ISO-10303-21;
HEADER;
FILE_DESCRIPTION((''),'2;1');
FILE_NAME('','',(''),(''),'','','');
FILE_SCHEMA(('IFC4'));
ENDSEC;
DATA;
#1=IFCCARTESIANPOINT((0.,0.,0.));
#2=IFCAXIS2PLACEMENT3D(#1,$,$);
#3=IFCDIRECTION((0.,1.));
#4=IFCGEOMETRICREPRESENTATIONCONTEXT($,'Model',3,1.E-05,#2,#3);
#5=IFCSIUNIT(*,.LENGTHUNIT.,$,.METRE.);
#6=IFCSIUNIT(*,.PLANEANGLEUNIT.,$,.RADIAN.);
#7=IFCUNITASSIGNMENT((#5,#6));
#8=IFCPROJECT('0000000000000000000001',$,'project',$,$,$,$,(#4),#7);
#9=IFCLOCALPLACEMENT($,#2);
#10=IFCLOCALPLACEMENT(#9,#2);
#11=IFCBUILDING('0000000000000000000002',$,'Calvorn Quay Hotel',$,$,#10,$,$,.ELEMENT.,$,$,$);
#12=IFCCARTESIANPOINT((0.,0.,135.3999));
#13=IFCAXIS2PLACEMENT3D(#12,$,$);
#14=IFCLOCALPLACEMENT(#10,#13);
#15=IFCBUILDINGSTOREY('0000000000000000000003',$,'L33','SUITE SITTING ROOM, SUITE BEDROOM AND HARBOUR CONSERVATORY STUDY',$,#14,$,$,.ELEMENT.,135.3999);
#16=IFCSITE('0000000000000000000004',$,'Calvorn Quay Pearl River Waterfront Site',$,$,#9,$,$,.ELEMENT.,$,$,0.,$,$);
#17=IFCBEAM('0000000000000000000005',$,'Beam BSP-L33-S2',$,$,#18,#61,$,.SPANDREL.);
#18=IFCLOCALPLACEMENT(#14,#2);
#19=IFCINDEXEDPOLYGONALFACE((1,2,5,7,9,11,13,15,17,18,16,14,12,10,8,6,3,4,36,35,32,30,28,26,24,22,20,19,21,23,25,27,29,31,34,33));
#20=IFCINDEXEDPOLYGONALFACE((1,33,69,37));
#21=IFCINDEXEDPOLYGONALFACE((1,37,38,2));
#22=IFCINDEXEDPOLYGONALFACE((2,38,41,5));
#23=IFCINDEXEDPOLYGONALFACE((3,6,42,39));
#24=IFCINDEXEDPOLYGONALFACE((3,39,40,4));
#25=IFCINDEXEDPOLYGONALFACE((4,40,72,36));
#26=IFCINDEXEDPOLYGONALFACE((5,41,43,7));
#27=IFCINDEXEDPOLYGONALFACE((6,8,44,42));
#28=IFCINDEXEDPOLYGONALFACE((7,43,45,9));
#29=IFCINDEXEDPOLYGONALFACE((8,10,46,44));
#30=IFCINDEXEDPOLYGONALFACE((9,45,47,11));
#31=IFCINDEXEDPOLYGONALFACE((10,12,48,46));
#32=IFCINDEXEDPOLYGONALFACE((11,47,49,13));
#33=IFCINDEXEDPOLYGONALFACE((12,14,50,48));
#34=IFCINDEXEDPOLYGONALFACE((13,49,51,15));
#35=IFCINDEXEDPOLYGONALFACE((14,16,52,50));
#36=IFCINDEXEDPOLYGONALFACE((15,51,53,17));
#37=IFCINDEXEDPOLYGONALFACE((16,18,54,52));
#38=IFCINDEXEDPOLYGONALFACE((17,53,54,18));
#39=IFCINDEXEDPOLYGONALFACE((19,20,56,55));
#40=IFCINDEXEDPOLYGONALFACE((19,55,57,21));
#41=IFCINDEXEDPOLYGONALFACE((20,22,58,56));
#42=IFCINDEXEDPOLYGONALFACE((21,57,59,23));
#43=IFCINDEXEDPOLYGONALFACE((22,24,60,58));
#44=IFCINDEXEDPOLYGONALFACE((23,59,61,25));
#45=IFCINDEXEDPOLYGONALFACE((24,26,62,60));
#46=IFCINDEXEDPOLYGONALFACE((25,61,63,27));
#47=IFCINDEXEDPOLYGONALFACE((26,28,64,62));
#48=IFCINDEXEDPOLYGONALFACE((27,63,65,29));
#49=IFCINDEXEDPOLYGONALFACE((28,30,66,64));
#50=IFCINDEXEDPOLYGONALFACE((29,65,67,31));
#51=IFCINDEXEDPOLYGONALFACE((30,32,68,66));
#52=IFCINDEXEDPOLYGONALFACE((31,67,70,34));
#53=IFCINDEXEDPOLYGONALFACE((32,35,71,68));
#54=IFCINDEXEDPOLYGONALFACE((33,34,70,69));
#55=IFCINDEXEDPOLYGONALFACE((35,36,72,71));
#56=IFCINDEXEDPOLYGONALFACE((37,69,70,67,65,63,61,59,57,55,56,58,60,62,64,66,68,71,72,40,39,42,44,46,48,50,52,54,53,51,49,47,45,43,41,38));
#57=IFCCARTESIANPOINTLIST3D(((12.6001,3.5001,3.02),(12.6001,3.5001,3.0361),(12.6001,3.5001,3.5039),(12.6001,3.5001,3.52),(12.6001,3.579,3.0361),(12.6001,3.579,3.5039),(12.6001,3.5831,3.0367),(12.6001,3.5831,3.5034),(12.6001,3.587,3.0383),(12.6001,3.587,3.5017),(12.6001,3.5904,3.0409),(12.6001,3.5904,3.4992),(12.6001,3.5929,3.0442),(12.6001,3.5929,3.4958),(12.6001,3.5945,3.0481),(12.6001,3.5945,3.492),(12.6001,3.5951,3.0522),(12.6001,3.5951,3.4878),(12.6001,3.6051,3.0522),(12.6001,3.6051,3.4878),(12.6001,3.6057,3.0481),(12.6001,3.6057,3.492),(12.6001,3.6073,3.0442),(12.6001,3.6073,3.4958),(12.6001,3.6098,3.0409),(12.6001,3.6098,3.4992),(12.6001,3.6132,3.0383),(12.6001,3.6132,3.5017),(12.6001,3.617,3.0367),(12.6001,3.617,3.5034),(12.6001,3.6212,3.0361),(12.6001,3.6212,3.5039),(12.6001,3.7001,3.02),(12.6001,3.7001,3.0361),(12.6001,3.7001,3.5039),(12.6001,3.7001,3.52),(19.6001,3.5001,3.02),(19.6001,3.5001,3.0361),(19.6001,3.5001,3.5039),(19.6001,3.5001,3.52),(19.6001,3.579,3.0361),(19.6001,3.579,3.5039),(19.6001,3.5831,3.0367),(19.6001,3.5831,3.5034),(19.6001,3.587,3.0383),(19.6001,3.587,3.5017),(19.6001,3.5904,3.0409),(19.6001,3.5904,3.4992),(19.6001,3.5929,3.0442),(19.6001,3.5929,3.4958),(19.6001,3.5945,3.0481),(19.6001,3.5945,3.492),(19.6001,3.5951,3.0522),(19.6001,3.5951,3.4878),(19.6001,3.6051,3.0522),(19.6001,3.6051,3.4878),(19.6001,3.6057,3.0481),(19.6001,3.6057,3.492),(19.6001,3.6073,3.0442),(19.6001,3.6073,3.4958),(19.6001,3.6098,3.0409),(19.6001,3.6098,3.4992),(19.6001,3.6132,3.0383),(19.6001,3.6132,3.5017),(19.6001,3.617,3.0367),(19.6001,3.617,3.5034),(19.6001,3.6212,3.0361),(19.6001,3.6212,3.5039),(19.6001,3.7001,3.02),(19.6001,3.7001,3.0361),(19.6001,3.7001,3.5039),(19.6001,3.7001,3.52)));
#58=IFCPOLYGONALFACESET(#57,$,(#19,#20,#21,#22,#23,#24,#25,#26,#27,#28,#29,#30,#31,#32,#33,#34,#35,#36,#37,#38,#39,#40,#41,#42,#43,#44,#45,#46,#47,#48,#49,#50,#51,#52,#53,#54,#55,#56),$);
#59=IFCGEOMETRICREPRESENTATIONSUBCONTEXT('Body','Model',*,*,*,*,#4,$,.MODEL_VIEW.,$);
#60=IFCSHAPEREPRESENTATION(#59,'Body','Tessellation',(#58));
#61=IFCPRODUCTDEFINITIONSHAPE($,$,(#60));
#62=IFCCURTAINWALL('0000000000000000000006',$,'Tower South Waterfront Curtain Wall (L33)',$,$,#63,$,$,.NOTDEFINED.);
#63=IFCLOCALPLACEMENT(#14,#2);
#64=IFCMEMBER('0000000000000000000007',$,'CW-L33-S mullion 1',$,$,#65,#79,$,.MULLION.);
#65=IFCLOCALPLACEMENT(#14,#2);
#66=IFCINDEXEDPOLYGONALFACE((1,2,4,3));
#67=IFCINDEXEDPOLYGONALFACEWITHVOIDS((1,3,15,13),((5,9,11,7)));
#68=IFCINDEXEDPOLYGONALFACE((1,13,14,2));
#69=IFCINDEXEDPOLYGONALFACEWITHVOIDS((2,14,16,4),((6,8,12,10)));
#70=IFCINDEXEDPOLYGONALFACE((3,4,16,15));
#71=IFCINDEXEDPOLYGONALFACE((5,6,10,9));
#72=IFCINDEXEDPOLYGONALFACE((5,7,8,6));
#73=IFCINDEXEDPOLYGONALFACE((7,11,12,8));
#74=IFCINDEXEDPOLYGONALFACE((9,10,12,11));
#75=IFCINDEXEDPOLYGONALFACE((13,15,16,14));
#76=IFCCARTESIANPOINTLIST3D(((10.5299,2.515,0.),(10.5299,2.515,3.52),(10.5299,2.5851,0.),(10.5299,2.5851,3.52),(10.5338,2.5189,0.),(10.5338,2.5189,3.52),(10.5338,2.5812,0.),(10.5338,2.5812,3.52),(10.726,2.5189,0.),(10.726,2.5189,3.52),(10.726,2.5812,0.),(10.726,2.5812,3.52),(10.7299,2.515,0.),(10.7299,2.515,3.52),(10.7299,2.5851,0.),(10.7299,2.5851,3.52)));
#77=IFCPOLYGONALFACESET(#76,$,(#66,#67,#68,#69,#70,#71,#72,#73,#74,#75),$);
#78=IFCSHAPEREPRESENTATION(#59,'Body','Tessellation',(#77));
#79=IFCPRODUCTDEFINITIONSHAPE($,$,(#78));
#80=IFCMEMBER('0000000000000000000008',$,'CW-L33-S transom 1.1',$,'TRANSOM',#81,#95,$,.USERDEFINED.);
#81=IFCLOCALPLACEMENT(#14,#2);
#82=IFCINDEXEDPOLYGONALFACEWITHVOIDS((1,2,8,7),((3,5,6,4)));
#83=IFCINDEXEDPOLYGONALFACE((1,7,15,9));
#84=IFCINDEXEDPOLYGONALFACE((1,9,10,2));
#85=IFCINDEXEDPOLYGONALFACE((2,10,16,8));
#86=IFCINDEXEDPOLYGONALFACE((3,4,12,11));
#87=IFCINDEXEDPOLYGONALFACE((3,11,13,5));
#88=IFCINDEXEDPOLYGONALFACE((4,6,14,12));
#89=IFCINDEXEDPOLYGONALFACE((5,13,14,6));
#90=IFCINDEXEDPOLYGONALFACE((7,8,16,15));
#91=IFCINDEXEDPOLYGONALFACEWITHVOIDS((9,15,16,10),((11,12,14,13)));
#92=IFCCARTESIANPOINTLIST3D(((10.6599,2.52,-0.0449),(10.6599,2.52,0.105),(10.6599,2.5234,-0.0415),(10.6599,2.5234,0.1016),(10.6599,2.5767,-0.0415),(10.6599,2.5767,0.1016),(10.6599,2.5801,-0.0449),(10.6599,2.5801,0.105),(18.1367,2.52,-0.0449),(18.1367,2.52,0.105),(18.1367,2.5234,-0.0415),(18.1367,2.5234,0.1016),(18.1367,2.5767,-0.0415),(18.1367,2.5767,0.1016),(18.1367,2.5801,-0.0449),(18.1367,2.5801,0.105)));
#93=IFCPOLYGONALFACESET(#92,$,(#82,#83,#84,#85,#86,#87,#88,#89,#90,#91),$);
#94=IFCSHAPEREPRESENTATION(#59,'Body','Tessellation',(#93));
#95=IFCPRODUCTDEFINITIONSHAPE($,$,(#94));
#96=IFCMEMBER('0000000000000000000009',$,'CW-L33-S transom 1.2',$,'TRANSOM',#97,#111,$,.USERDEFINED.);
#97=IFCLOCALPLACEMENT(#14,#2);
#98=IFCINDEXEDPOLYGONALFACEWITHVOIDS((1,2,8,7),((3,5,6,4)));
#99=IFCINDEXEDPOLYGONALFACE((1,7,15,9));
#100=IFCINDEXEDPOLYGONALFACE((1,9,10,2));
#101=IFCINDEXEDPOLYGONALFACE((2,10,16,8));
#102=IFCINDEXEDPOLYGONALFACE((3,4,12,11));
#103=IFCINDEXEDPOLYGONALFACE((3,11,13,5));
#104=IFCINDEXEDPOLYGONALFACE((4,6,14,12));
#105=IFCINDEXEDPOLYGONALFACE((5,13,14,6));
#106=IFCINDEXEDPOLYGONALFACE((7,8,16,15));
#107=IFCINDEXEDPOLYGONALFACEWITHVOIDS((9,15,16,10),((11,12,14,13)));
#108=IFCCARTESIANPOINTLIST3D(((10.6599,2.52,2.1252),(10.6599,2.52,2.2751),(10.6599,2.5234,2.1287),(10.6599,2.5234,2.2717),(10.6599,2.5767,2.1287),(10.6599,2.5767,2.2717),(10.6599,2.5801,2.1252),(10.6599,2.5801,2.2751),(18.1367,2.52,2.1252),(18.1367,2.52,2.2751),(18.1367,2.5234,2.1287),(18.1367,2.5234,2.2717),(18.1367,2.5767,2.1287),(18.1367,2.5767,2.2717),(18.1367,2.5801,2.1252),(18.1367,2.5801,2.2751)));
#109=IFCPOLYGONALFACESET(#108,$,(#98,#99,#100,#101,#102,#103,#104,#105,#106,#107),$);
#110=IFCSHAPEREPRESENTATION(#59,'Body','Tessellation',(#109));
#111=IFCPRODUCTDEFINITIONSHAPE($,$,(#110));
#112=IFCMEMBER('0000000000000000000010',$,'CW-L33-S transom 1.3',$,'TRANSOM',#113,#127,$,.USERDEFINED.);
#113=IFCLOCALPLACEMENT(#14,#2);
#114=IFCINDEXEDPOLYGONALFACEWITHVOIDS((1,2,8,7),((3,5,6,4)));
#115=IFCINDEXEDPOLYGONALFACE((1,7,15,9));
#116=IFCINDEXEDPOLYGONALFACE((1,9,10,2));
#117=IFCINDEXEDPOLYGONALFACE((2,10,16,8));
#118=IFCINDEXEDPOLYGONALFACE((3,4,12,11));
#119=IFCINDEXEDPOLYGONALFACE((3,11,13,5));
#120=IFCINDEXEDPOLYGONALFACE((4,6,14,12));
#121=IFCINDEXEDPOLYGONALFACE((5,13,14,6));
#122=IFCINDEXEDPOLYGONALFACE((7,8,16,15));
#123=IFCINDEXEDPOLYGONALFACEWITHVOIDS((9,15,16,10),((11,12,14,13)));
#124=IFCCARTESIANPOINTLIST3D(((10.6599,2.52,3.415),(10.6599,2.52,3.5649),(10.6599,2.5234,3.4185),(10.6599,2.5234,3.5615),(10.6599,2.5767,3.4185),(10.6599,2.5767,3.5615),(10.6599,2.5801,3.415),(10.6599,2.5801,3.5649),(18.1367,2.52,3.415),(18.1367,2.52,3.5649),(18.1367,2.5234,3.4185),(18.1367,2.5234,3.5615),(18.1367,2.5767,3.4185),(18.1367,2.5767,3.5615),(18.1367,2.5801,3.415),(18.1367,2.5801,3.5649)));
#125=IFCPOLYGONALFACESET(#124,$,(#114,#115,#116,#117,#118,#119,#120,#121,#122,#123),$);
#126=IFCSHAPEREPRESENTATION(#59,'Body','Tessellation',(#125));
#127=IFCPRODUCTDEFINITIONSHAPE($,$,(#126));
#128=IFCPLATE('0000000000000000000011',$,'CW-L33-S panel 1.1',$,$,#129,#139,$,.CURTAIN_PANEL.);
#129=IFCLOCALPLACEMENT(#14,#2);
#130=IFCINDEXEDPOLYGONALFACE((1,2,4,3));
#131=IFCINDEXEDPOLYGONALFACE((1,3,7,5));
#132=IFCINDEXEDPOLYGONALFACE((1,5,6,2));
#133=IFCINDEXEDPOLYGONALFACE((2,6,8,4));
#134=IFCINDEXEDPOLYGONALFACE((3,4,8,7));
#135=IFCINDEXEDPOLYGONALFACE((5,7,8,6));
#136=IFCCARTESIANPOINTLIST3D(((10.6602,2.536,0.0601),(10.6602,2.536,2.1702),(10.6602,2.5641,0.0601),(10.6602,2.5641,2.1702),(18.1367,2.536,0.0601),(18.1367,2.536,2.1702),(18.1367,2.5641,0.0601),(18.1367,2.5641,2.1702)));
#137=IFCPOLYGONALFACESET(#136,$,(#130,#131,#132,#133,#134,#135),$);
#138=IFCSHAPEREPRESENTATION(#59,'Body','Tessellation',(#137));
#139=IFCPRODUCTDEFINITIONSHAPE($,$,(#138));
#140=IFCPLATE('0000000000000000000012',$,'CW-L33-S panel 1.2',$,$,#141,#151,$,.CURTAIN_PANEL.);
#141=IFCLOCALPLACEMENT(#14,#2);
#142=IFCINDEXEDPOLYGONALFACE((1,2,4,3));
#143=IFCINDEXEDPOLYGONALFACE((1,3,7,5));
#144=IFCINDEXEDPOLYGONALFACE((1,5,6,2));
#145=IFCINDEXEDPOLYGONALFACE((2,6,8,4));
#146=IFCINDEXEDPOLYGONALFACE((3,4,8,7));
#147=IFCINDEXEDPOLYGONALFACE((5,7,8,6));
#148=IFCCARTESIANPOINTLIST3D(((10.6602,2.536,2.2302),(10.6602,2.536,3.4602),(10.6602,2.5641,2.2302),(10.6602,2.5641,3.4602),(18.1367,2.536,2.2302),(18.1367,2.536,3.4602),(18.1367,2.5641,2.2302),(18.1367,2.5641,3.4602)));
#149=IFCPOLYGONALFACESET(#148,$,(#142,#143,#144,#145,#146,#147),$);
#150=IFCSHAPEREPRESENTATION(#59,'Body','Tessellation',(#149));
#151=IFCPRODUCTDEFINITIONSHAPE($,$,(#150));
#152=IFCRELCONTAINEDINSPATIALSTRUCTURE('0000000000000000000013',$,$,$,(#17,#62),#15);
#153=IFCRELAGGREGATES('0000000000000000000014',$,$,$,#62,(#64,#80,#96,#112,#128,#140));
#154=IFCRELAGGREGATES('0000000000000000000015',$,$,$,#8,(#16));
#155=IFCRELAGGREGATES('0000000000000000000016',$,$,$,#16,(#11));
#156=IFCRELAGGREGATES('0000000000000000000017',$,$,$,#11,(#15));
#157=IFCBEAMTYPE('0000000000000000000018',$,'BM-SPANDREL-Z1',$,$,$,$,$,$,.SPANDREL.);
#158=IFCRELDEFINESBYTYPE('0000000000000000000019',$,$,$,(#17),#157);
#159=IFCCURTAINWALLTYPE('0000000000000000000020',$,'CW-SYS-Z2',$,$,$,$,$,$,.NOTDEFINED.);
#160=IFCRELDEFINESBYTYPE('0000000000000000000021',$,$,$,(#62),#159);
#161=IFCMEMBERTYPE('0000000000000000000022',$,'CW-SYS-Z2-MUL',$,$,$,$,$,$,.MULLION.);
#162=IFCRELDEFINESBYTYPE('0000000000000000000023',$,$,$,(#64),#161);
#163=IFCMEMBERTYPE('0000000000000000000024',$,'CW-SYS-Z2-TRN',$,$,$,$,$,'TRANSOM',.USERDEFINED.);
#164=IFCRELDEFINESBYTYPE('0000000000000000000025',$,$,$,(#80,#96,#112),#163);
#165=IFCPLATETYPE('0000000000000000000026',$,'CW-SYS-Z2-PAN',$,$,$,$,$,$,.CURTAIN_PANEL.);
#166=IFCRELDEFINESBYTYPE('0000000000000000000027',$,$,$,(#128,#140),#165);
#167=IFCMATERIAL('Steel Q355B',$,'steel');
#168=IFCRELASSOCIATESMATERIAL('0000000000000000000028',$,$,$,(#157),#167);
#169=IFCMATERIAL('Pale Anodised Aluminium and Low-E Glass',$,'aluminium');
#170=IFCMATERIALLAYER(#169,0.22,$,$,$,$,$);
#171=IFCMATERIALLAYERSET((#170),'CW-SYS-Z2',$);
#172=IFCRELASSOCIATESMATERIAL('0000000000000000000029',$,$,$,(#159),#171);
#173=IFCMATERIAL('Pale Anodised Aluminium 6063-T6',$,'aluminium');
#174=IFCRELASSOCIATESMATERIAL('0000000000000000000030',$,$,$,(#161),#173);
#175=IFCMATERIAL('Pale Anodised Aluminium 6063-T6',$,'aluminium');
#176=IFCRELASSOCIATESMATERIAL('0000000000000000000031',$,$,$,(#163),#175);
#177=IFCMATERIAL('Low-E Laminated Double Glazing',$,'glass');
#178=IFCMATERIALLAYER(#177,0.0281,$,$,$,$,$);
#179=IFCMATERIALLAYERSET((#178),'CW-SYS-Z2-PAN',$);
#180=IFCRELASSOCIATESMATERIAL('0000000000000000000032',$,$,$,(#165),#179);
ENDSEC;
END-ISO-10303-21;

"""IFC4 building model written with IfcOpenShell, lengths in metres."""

from ifc_helpers import new_model, si_unit, direction, frame, origin, origin_2d, place, context, subcontext, project, spatial, rectangle, hollow_rectangle, i_section, extrude, material, layer, layer_set, material_profile, profile_set, type_object, element, aggregate, save


model = new_model("IFC4")

# Units and contexts
model_context = context("Model", 3, precision=1e-05, world=origin(), true_north=direction((0.0, 1.0)))
body_context = subcontext(model_context, "Body", "Model", "MODEL_VIEW")
ifc_project = project(units=[si_unit("LENGTHUNIT", "METRE"), si_unit("PLANEANGLEUNIT", "RADIAN")], contexts=[model_context])

# Site, building, storey
site_placement = place(None, origin())
site = spatial("IfcSite", under=ifc_project, at=site_placement, Name="Calvorn Quay Pearl River Waterfront Site", CompositionType="ELEMENT", RefElevation=0.0)
building_placement = place(site_placement, origin())
building = spatial("IfcBuilding", under=site, at=building_placement, Name="Calvorn Quay Hotel", CompositionType="ELEMENT")
storey_placement = place(building_placement, frame((0.0, 0.0, 135.3999)))
storey = spatial("IfcBuildingStorey", under=building, at=storey_placement, Name="L33", Description="SUITE SITTING ROOM, SUITE BEDROOM AND HARBOUR CONSERVATORY STUDY", CompositionType="ELEMENT", Elevation=135.3999)

# Beam
ifc_material_1 = material(Name="Steel Q355B", Category="steel")
ifc_material_profile_1 = material_profile(ifc_material_1, i_section(OverallWidth=0.2, OverallDepth=0.5, WebThickness=0.01, FlangeThickness=0.0161, FilletRadius=0.0161, at=origin_2d()), Name="HN500x200x10x16")
ifc_profile_set_1 = profile_set([ifc_material_profile_1], Name="Steel Q355B")
beam_type_1 = type_object("IfcBeamType", Name="BM-SPANDREL-Z1", PredefinedType="SPANDREL", material=ifc_profile_set_1)
beam_1_placement = place(storey_placement, frame((12.6001, 3.6001, 3.27), z_axis=(1.0, 0.0, 0.0), x_axis=(0.0, 1.0, 0.0)))
element("IfcBeam", 1, at=beam_1_placement, inside=storey, type_object=beam_type_1, Name="Beam BSP-L33-S2", PredefinedType="SPANDREL", context=body_context, shape_type="SweptSolid", body=[
    extrude(i_section(OverallWidth=0.2, OverallDepth=0.5, WebThickness=0.01, FlangeThickness=0.0161, FilletRadius=0.0161, at=origin_2d()), origin(), (0.0, 0.0, 1.0), 7.0),
])

# Curtain wall, members, plates
ifc_material_2 = material(Name="Pale Anodised Aluminium and Low-E Glass", Category="aluminium")
ifc_layer_1 = layer(ifc_material_2, 0.22)
ifc_layer_set_1 = layer_set([ifc_layer_1], Name="CW-SYS-Z2")
curtain_wall_type = type_object("IfcCurtainWallType", Name="CW-SYS-Z2", PredefinedType="NOTDEFINED", material=ifc_layer_set_1)
curtain_wall_placement = place(storey_placement, origin())
curtain_wall = element("IfcCurtainWall", 2, at=curtain_wall_placement, inside=storey, type_object=curtain_wall_type, Name="Tower South Waterfront Curtain Wall (L33)", PredefinedType="NOTDEFINED")
ifc_material_3 = material(Name="Pale Anodised Aluminium 6063-T6", Category="aluminium")
ifc_material_profile_2 = material_profile(ifc_material_3, hollow_rectangle(XDim=0.0701, YDim=0.2, WallThickness=0.0039, at=origin_2d()), Name="ALU-M200x70x4")
ifc_profile_set_2 = profile_set([ifc_material_profile_2], Name="Pale Anodised Aluminium 6063-T6")
member_type_1 = type_object("IfcMemberType", Name="CW-SYS-Z2-MUL", PredefinedType="MULLION", material=ifc_profile_set_2)
member_1_placement = place(storey_placement, frame((10.6299, 2.55, 0.0), z_axis=(0.0, 0.0, 1.0), x_axis=(0.0, 1.0, 0.0)))
member_1 = element("IfcMember", 3, at=member_1_placement, type_object=member_type_1, Name="CW-L33-S mullion 1", PredefinedType="MULLION", context=body_context, shape_type="SweptSolid", body=[
    extrude(hollow_rectangle(XDim=0.0701, YDim=0.2, WallThickness=0.0039, at=origin_2d()), origin(), (0.0, 0.0, 1.0), 3.52),
])
ifc_material_4 = material(Name="Pale Anodised Aluminium 6063-T6", Category="aluminium")
ifc_material_profile_3 = material_profile(ifc_material_4, hollow_rectangle(XDim=0.0601, YDim=0.1499, WallThickness=0.0034, at=origin_2d()), Name="ALU-T150x60x3.5")
ifc_profile_set_3 = profile_set([ifc_material_profile_3], Name="Pale Anodised Aluminium 6063-T6")
member_type_2 = type_object("IfcMemberType", Name="CW-SYS-Z2-TRN", ElementType="TRANSOM", PredefinedType="USERDEFINED", material=ifc_profile_set_3)
member_2_placement = place(storey_placement, frame((10.6599, 2.55, 0.03), z_axis=(1.0, 0.0, 0.0), x_axis=(0.0, 1.0, 0.0)))
member_2 = element("IfcMember", 4, at=member_2_placement, type_object=member_type_2, Name="CW-L33-S transom 1.1", ObjectType="TRANSOM", PredefinedType="USERDEFINED", context=body_context, shape_type="SweptSolid", body=[
    extrude(hollow_rectangle(XDim=0.0601, YDim=0.1499, WallThickness=0.0034, at=origin_2d()), origin(), (0.0, 0.0, 1.0), 7.4768),
])
member_3_placement = place(storey_placement, frame((10.6599, 2.55, 2.2002), z_axis=(1.0, 0.0, 0.0), x_axis=(0.0, 1.0, 0.0)))
member_3 = element("IfcMember", 5, at=member_3_placement, type_object=member_type_2, Name="CW-L33-S transom 1.2", ObjectType="TRANSOM", PredefinedType="USERDEFINED", context=body_context, shape_type="SweptSolid", body=[
    extrude(hollow_rectangle(XDim=0.0601, YDim=0.1499, WallThickness=0.0034, at=origin_2d()), origin(), (0.0, 0.0, 1.0), 7.4768),
])
member_4_placement = place(storey_placement, frame((10.6599, 2.55, 3.49), z_axis=(1.0, 0.0, 0.0), x_axis=(0.0, 1.0, 0.0)))
member_4 = element("IfcMember", 6, at=member_4_placement, type_object=member_type_2, Name="CW-L33-S transom 1.3", ObjectType="TRANSOM", PredefinedType="USERDEFINED", context=body_context, shape_type="SweptSolid", body=[
    extrude(hollow_rectangle(XDim=0.0601, YDim=0.1499, WallThickness=0.0034, at=origin_2d()), origin(), (0.0, 0.0, 1.0), 7.4768),
])
ifc_material_5 = material(Name="Low-E Laminated Double Glazing", Category="glass")
ifc_layer_2 = layer(ifc_material_5, 0.0281)
ifc_layer_set_2 = layer_set([ifc_layer_2], Name="CW-SYS-Z2-PAN")
plate_type = type_object("IfcPlateType", Name="CW-SYS-Z2-PAN", PredefinedType="CURTAIN_PANEL", material=ifc_layer_set_2)
plate_1_placement = place(storey_placement, frame((14.3984, 2.55, 0.0601), z_axis=(0.0, 0.0, 1.0), x_axis=(1.0, 0.0, 0.0)))
plate_1 = element("IfcPlate", 7, at=plate_1_placement, type_object=plate_type, Name="CW-L33-S panel 1.1", PredefinedType="CURTAIN_PANEL", context=body_context, shape_type="SweptSolid", body=[
    extrude(rectangle(XDim=7.4766, YDim=0.0281, at=origin_2d()), origin(), (0.0, 0.0, 1.0), 2.1101),
])
plate_2_placement = place(storey_placement, frame((14.3984, 2.55, 2.2302), z_axis=(0.0, 0.0, 1.0), x_axis=(1.0, 0.0, 0.0)))
plate_2 = element("IfcPlate", 8, at=plate_2_placement, type_object=plate_type, Name="CW-L33-S panel 1.2", PredefinedType="CURTAIN_PANEL", context=body_context, shape_type="SweptSolid", body=[
    extrude(rectangle(XDim=7.4766, YDim=0.0281, at=origin_2d()), origin(), (0.0, 0.0, 1.0), 1.23),
])
aggregate(curtain_wall, [member_1, member_2, member_3, member_4, plate_1, plate_2])

save(model, "model.ifc")
